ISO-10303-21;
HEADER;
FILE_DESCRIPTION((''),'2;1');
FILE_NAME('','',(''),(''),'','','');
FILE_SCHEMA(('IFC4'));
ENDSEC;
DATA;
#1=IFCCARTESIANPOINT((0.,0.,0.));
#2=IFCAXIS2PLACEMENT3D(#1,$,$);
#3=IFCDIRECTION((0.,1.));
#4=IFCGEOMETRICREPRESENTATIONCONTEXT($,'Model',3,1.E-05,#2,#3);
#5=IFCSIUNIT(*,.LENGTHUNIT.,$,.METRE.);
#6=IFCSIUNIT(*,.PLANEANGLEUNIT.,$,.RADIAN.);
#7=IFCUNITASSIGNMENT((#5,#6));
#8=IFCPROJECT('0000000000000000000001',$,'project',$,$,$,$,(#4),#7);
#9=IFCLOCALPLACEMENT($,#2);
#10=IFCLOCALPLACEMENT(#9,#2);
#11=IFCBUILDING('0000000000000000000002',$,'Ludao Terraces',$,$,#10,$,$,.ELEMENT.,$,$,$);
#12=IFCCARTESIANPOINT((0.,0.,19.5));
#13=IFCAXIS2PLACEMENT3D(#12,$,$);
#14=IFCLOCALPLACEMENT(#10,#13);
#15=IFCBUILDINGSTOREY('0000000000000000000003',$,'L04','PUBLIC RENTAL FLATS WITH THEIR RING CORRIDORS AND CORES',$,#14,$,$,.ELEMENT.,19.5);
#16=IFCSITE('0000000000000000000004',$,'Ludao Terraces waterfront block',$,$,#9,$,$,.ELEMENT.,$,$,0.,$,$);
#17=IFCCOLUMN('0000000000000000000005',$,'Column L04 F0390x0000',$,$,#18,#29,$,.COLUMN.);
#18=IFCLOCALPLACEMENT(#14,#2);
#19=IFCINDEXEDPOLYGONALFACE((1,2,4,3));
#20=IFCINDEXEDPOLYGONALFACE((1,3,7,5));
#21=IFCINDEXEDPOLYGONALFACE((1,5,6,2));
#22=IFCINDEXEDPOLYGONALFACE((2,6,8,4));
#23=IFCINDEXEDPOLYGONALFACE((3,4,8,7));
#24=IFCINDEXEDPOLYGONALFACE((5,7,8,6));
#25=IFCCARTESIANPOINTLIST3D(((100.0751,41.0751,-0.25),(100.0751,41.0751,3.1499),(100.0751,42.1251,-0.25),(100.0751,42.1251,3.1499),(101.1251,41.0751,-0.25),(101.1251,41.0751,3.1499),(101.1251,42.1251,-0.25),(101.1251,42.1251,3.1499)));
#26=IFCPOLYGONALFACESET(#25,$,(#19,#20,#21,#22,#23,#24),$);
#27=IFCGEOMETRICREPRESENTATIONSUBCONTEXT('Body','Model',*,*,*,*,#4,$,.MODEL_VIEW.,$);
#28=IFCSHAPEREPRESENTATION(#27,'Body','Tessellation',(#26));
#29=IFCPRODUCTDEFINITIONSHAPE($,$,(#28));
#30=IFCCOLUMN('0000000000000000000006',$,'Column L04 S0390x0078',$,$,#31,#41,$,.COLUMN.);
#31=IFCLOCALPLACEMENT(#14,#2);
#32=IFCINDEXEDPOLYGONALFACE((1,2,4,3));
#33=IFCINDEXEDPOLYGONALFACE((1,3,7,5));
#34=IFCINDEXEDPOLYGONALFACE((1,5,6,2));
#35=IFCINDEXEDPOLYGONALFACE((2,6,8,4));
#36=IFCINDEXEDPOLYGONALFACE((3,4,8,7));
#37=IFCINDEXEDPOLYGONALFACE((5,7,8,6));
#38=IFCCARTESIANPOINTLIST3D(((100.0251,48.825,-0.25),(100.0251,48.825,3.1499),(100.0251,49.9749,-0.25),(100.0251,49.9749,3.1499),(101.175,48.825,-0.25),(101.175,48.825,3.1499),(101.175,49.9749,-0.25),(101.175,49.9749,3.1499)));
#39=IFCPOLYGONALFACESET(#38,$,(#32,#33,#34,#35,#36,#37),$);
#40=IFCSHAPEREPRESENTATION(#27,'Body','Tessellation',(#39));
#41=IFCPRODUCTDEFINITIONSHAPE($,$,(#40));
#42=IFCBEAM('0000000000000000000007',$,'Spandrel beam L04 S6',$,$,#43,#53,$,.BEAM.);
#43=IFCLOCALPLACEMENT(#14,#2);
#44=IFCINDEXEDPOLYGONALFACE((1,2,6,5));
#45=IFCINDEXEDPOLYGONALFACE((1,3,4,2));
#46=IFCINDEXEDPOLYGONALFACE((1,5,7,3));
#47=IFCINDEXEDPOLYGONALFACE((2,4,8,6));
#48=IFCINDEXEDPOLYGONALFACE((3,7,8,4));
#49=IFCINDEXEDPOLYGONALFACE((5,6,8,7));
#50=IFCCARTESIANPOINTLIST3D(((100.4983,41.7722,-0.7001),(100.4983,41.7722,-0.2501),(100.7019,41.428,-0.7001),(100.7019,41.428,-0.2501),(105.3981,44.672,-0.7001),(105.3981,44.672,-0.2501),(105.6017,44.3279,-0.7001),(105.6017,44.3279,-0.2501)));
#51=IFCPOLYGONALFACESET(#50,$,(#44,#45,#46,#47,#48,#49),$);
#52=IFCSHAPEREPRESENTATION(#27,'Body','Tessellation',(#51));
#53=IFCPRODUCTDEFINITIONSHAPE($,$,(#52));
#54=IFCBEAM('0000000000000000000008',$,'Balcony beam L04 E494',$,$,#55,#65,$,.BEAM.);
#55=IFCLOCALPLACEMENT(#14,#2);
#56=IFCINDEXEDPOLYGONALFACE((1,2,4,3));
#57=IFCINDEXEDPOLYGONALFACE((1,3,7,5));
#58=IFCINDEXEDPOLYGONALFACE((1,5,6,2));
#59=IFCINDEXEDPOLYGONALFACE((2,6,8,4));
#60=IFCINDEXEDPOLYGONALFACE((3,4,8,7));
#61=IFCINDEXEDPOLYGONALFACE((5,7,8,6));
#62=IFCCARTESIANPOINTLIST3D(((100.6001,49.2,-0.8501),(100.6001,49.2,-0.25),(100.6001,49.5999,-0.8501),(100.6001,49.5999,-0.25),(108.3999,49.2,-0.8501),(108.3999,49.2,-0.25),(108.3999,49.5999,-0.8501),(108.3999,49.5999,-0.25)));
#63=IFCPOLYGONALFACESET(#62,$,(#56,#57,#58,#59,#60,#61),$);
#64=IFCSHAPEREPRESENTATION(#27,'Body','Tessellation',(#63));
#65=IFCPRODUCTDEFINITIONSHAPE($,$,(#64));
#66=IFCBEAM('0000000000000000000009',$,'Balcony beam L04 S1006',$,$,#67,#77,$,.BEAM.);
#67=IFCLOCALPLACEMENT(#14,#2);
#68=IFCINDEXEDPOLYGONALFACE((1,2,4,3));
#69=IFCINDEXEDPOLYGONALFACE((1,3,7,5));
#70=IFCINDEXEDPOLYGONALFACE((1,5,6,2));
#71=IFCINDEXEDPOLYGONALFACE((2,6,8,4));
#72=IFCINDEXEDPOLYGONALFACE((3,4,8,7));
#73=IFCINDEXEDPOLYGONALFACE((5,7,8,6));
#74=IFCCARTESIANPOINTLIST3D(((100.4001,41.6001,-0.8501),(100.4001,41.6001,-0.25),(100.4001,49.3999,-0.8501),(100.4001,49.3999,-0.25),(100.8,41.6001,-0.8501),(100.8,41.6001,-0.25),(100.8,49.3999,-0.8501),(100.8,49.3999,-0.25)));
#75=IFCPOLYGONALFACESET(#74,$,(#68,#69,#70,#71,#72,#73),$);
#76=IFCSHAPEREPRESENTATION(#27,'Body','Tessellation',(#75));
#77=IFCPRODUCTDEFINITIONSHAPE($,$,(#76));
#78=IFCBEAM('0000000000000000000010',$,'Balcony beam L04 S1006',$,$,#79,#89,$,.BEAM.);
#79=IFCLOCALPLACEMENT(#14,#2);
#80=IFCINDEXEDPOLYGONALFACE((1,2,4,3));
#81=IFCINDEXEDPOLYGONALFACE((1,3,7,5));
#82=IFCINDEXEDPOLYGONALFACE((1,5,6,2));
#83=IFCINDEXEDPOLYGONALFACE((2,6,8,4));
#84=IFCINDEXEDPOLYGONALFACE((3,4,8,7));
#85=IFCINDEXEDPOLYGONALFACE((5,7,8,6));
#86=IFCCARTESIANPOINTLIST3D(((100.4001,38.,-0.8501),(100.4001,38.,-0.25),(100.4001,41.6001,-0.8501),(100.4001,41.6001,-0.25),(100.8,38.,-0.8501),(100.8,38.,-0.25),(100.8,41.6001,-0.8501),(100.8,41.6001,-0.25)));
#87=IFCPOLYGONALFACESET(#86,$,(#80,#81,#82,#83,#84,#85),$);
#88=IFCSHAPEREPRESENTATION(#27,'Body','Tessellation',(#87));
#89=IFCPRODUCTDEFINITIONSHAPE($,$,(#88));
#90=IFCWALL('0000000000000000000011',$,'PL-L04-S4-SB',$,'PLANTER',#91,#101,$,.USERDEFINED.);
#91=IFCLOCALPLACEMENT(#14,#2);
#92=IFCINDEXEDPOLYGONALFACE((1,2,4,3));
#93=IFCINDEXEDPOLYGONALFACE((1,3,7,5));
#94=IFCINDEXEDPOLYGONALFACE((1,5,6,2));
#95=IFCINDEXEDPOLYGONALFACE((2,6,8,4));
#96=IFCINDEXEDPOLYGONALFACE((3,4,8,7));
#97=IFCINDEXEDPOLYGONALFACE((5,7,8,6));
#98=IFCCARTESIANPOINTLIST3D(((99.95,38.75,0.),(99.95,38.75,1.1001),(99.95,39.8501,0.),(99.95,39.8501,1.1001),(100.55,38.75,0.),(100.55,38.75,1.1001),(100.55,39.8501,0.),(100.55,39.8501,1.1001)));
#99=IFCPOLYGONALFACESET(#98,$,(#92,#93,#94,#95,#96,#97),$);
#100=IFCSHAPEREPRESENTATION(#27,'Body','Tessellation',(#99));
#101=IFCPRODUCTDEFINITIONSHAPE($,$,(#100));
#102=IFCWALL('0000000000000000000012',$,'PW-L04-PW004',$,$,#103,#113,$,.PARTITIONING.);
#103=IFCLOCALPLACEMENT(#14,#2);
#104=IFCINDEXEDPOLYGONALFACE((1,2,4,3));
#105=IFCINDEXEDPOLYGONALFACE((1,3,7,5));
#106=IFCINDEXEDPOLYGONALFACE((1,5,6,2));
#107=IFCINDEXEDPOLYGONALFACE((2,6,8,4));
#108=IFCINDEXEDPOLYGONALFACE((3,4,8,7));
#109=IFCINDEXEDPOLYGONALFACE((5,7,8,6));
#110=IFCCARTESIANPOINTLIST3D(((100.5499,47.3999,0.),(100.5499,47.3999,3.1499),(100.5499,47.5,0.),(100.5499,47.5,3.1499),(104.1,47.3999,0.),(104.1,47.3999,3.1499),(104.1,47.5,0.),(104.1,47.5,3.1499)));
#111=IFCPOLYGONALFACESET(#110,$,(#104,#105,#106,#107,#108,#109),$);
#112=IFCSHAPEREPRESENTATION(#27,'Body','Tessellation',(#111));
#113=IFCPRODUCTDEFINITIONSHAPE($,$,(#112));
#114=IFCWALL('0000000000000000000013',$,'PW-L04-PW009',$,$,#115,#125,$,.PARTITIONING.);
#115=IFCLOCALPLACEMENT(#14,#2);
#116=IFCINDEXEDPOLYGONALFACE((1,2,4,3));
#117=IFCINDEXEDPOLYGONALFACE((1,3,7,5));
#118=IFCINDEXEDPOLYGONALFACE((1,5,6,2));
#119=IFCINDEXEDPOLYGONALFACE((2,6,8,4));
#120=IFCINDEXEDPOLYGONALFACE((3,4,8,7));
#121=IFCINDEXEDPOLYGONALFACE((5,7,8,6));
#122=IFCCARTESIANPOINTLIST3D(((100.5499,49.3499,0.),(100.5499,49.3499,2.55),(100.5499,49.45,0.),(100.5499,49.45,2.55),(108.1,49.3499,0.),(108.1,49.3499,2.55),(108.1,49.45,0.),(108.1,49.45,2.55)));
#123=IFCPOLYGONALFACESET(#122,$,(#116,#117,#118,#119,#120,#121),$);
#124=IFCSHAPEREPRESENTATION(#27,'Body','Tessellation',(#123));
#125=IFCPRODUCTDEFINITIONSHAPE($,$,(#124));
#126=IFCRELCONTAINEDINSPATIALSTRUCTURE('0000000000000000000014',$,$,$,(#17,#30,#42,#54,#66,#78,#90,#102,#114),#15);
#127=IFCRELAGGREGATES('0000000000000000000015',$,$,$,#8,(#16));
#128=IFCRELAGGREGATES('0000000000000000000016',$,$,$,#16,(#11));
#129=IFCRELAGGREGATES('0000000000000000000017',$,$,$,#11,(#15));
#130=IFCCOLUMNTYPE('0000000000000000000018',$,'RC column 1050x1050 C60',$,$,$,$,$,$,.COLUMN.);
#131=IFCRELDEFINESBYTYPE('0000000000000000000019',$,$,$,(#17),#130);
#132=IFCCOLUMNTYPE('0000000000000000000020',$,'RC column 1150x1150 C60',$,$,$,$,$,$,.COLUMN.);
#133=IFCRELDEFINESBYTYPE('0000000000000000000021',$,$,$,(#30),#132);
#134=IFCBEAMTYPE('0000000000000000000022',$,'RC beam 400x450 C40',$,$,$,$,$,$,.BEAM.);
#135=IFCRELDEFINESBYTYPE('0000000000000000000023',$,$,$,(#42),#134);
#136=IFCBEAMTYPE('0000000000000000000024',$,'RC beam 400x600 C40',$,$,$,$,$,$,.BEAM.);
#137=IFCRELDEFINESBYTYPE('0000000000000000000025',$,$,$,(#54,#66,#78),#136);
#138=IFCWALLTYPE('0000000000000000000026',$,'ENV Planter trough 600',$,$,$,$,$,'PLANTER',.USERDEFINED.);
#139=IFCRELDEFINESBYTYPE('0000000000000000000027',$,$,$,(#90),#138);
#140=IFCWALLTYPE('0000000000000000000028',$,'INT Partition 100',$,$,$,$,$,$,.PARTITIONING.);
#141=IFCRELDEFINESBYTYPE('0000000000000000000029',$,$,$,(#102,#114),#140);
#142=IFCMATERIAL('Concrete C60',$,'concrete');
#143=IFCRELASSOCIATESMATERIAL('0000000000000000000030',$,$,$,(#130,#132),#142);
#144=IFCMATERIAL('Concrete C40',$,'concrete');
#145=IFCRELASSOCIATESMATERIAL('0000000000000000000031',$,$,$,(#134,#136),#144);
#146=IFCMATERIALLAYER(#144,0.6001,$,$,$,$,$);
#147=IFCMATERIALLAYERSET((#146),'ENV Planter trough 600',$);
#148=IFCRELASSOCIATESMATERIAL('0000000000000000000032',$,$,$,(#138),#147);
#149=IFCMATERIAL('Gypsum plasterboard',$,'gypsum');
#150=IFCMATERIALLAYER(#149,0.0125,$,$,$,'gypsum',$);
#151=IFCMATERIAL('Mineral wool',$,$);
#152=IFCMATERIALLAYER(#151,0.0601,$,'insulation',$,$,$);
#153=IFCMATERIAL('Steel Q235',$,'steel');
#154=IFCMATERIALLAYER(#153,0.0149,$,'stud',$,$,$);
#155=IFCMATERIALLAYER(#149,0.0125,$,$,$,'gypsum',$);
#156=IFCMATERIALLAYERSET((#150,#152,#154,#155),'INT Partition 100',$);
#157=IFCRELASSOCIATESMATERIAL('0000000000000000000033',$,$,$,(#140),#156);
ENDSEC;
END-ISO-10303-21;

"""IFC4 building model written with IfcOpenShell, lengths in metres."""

from ifc_helpers import new_model, si_unit, direction, frame, frame_2d, origin, origin_2d, place, context, subcontext, project, spatial, rectangle, extrude, material, layer, layer_set, material_profile, profile_set, type_object, element, save


model = new_model("IFC4")

# Units and contexts
model_context = context("Model", 3, precision=1e-05, world=origin(), true_north=direction((0.0, 1.0)))
body_context = subcontext(model_context, "Body", "Model", "MODEL_VIEW")
ifc_project = project(units=[si_unit("LENGTHUNIT", "METRE"), si_unit("PLANEANGLEUNIT", "RADIAN")], contexts=[model_context])

# Site, building, storey
site_placement = place(None, origin())
site = spatial("IfcSite", under=ifc_project, at=site_placement, Name="Ludao Terraces waterfront block", CompositionType="ELEMENT", RefElevation=0.0)
building_placement = place(site_placement, origin())
building = spatial("IfcBuilding", under=site, at=building_placement, Name="Ludao Terraces", CompositionType="ELEMENT")
storey_placement = place(building_placement, frame((0.0, 0.0, 19.5)))
storey = spatial("IfcBuildingStorey", under=building, at=storey_placement, Name="L04", Description="PUBLIC RENTAL FLATS WITH THEIR RING CORRIDORS AND CORES", CompositionType="ELEMENT", Elevation=19.5)

# Columns
ifc_material_1 = material(Name="Concrete C60", Category="concrete")
ifc_material_profile_1 = material_profile(ifc_material_1, rectangle(XDim=1.05, YDim=1.05, at=origin_2d()), Name="1050 X 1050")
ifc_profile_set_1 = profile_set([ifc_material_profile_1], Name="Concrete C60")
column_type_1 = type_object("IfcColumnType", Name="RC column 1050x1050 C60", PredefinedType="COLUMN", material=ifc_profile_set_1)
column_1_placement = place(storey_placement, frame((100.6001, 41.6001, -0.25), z_axis=(0.0, 0.0, 1.0), x_axis=(1.0, 0.0, 0.0)))
element("IfcColumn", 1, at=column_1_placement, inside=storey, type_object=column_type_1, Name="Column L04 F0390x0000", PredefinedType="COLUMN", context=body_context, shape_type="SweptSolid", body=[
    extrude(rectangle(XDim=1.05, YDim=1.05, at=origin_2d()), origin(), (0.0, 0.0, 1.0), 3.3999),
])
ifc_material_profile_2 = material_profile(ifc_material_1, rectangle(XDim=1.1499, YDim=1.1499, at=origin_2d()), Name="1150 X 1150")
ifc_profile_set_2 = profile_set([ifc_material_profile_2], Name="Concrete C60")
column_type_2 = type_object("IfcColumnType", Name="RC column 1150x1150 C60", PredefinedType="COLUMN", material=ifc_profile_set_2)
column_2_placement = place(storey_placement, frame((100.6001, 49.3999, -0.25), z_axis=(0.0, 0.0, 1.0), x_axis=(1.0, 0.0, 0.0)))
element("IfcColumn", 2, at=column_2_placement, inside=storey, type_object=column_type_2, Name="Column L04 S0390x0078", PredefinedType="COLUMN", context=body_context, shape_type="SweptSolid", body=[
    extrude(rectangle(XDim=1.1499, YDim=1.1499, at=origin_2d()), origin(), (0.0, 0.0, 1.0), 3.3999),
])

# Beams
ifc_material_2 = material(Name="Concrete C40", Category="concrete")
ifc_material_profile_3 = material_profile(ifc_material_2, rectangle(XDim=0.3999, YDim=0.45, at=origin_2d()), Name="400 X 450")
ifc_profile_set_3 = profile_set([ifc_material_profile_3], Name="Concrete C40")
beam_type_1 = type_object("IfcBeamType", Name="RC beam 400x450 C40", PredefinedType="BEAM", material=ifc_profile_set_3)
beam_1_placement = place(storey_placement, frame((100.6001, 41.6001, -0.4751), z_axis=(0.86058, 0.509316, 0.0), x_axis=(-0.509316, 0.86058, 0.0)))
element("IfcBeam", 3, at=beam_1_placement, inside=storey, type_object=beam_type_1, Name="Spandrel beam L04 S6", PredefinedType="BEAM", context=body_context, shape_type="SweptSolid", body=[
    extrude(rectangle(XDim=0.3999, YDim=0.45, at=origin_2d()), origin(), (0.0, 0.0, 1.0), 5.6936),
])
ifc_material_profile_4 = material_profile(ifc_material_2, rectangle(XDim=0.3999, YDim=0.6001, at=origin_2d()), Name="400 X 600")
ifc_profile_set_4 = profile_set([ifc_material_profile_4], Name="Concrete C40")
beam_type_2 = type_object("IfcBeamType", Name="RC beam 400x600 C40", PredefinedType="BEAM", material=ifc_profile_set_4)
for number, where, z_axis, x_axis, name in (
    (4, (100.6001, 49.3999, -0.55), (1.0, 0.0, 0.0), (0.0, 1.0, 0.0), "Balcony beam L04 E494"),
    (5, (100.6001, 49.3999, -0.55), (0.0, -1.0, 0.0), (1.0, 0.0, 0.0), "Balcony beam L04 S1006"),
):
    element("IfcBeam", number, at=place(storey_placement, frame(where, z_axis=z_axis, x_axis=x_axis)), inside=storey, type_object=beam_type_2, Name=name, PredefinedType="BEAM", context=body_context, shape_type="SweptSolid", body=[
        extrude(rectangle(XDim=0.3999, YDim=0.6001, at=origin_2d()), origin(), (0.0, 0.0, 1.0), 7.7998),
    ])
beam_2_placement = place(storey_placement, frame((100.6001, 41.6001, -0.55), z_axis=(0.0, -1.0, 0.0), x_axis=(1.0, 0.0, 0.0)))
element("IfcBeam", 6, at=beam_2_placement, inside=storey, type_object=beam_type_2, Name="Balcony beam L04 S1006", PredefinedType="BEAM", context=body_context, shape_type="SweptSolid", body=[
    extrude(rectangle(XDim=0.3999, YDim=0.6001, at=origin_2d()), origin(), (0.0, 0.0, 1.0), 3.6001),
])

# Walls
ifc_layer_1 = layer(ifc_material_2, 0.6001)
ifc_layer_set_1 = layer_set([ifc_layer_1], Name="ENV Planter trough 600")
wall_type_1 = type_object("IfcWallType", Name="ENV Planter trough 600", ElementType="PLANTER", PredefinedType="USERDEFINED", material=ifc_layer_set_1)
wall_1_placement = place(storey_placement, frame((100.25, 38.75, 0.0), z_axis=(0.0, 0.0, 1.0), x_axis=(0.0, 1.0, 0.0)))
element("IfcWall", 7, at=wall_1_placement, inside=storey, type_object=wall_type_1, Name="PL-L04-S4-SB", ObjectType="PLANTER", PredefinedType="USERDEFINED", context=body_context, shape_type="SweptSolid", body=[
    extrude(rectangle(XDim=1.1001, YDim=0.6001, at=frame_2d((0.55, 0.0))), origin(), (0.0, 0.0, 1.0), 1.1001),
])
ifc_material_3 = material(Name="Gypsum plasterboard", Category="gypsum")
ifc_layer_2 = layer(ifc_material_3, 0.0125, Category="gypsum")
ifc_material_4 = material(Name="Mineral wool")
ifc_layer_3 = layer(ifc_material_4, 0.0601, Name="insulation")
ifc_material_5 = material(Name="Steel Q235", Category="steel")
ifc_layer_4 = layer(ifc_material_5, 0.0149, Name="stud")
ifc_layer_5 = layer(ifc_material_3, 0.0125, Category="gypsum")
ifc_layer_set_2 = layer_set([ifc_layer_2, ifc_layer_3, ifc_layer_4, ifc_layer_5], Name="INT Partition 100")
wall_type_2 = type_object("IfcWallType", Name="INT Partition 100", PredefinedType="PARTITIONING", material=ifc_layer_set_2)
wall_2_placement = place(storey_placement, frame((100.55, 47.45, 0.0), z_axis=(0.0, 0.0, 1.0), x_axis=(1.0, 0.0, 0.0)))
element("IfcWall", 8, at=wall_2_placement, inside=storey, type_object=wall_type_2, Name="PW-L04-PW004", PredefinedType="PARTITIONING", context=body_context, shape_type="SweptSolid", body=[
    extrude(rectangle(XDim=3.55, YDim=0.1001, at=frame_2d((1.7749, 0.0))), origin(), (0.0, 0.0, 1.0), 3.1499),
])
wall_3_placement = place(storey_placement, frame((100.55, 49.3999, 0.0), z_axis=(0.0, 0.0, 1.0), x_axis=(1.0, 0.0, 0.0)))
element("IfcWall", 9, at=wall_3_placement, inside=storey, type_object=wall_type_2, Name="PW-L04-PW009", PredefinedType="PARTITIONING", context=body_context, shape_type="SweptSolid", body=[
    extrude(rectangle(XDim=7.55, YDim=0.1001, at=frame_2d((3.7749, 0.0))), origin(), (0.0, 0.0, 1.0), 2.55),
])

save(model, "model.ifc")
